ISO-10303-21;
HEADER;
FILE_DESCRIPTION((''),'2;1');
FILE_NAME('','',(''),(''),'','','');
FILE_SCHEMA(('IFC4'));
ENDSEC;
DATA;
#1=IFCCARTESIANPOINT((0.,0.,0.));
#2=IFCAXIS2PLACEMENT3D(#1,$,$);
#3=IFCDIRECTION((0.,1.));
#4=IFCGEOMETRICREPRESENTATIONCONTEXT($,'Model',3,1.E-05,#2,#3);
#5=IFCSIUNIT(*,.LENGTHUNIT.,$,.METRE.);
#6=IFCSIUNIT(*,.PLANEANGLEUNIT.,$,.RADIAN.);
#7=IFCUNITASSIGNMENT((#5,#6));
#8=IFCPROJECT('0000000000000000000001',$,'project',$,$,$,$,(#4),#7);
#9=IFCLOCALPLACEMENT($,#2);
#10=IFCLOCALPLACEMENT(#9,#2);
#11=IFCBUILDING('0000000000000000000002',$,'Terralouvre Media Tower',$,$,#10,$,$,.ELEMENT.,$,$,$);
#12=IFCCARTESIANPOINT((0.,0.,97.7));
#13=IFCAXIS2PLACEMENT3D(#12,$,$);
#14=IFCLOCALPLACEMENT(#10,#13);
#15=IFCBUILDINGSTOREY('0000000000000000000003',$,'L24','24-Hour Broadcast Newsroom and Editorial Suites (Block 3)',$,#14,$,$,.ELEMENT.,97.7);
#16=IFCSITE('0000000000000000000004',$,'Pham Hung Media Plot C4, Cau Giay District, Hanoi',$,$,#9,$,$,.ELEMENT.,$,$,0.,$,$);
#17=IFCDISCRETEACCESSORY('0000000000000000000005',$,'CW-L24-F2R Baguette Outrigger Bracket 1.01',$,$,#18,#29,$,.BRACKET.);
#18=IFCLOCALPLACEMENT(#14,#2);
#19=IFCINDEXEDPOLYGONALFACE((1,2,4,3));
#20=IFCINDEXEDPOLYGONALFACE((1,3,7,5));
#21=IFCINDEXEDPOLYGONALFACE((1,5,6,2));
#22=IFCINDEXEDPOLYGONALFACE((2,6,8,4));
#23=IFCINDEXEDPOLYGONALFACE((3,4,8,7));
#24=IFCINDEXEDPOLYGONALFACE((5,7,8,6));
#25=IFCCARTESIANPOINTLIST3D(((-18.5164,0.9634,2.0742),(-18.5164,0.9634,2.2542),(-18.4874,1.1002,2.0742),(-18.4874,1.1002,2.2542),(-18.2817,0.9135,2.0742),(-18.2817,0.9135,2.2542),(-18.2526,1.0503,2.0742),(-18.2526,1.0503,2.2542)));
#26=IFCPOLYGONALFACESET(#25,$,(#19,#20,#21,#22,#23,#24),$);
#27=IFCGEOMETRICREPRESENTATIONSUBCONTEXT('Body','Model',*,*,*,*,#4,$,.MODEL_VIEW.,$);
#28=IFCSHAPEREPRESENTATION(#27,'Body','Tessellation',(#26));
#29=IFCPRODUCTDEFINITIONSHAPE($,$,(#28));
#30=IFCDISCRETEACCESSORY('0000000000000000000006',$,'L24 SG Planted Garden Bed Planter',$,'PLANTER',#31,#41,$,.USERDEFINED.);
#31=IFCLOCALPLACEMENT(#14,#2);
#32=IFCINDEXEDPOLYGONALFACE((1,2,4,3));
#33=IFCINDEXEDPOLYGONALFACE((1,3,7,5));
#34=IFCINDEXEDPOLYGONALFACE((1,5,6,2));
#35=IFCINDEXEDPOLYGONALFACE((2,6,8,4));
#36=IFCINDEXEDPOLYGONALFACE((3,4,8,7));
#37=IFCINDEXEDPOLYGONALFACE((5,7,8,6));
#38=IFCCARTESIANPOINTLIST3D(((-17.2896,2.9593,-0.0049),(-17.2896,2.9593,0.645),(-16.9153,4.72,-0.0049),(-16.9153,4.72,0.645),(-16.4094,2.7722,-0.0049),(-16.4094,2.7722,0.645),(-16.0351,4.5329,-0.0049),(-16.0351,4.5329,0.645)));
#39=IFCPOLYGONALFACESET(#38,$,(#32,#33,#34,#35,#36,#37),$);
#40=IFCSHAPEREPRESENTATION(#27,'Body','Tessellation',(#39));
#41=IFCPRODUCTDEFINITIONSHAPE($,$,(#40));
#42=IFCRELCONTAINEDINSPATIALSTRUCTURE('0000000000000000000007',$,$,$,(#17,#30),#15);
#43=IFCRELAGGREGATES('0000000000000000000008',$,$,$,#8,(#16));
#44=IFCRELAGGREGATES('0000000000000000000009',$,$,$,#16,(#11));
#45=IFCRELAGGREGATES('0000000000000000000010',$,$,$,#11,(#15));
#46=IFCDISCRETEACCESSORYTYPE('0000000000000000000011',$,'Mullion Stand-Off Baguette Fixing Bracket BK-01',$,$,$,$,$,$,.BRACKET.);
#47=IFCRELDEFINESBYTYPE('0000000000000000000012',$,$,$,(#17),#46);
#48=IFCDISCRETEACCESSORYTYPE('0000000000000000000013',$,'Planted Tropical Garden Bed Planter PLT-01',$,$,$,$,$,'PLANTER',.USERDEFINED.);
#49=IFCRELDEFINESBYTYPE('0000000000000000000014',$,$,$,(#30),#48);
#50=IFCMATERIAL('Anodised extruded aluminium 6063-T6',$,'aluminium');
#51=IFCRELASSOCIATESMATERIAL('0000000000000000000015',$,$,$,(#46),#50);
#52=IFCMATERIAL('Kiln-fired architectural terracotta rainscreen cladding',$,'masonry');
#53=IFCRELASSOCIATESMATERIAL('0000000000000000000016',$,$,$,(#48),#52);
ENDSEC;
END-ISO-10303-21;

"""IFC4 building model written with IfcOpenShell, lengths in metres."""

from ifc_helpers import new_model, si_unit, direction, frame, origin, origin_2d, place, context, subcontext, project, spatial, rectangle, extrude, material, type_object, element, save


model = new_model("IFC4")

# Units and contexts
model_context = context("Model", 3, precision=1e-05, world=origin(), true_north=direction((0.0, 1.0)))
body_context = subcontext(model_context, "Body", "Model", "MODEL_VIEW")
ifc_project = project(units=[si_unit("LENGTHUNIT", "METRE"), si_unit("PLANEANGLEUNIT", "RADIAN")], contexts=[model_context])

# Site, building, storey
site_placement = place(None, origin())
site = spatial("IfcSite", under=ifc_project, at=site_placement, Name="Pham Hung Media Plot C4, Cau Giay District, Hanoi", CompositionType="ELEMENT", RefElevation=0.0)
building_placement = place(site_placement, origin())
building = spatial("IfcBuilding", under=site, at=building_placement, Name="Terralouvre Media Tower", CompositionType="ELEMENT")
storey_placement = place(building_placement, frame((0.0, 0.0, 97.7)))
storey = spatial("IfcBuildingStorey", under=building, at=storey_placement, Name="L24", Description="24-Hour Broadcast Newsroom and Editorial Suites (Block 3)", CompositionType="ELEMENT", Elevation=97.7)

# Discrete accessories
ifc_material_1 = material(Name="Anodised extruded aluminium 6063-T6", Category="aluminium")
discrete_accessory_type_1 = type_object("IfcDiscreteAccessoryType", Name="Mullion Stand-Off Baguette Fixing Bracket BK-01", PredefinedType="BRACKET", material=ifc_material_1)
discrete_accessory_1_placement = place(storey_placement, frame((-18.3845, 1.0068, 2.0742), z_axis=(0.0, 0.0, 1.0), x_axis=(-0.207911, -0.978148, 0.0)))
element("IfcDiscreteAccessory", 1, at=discrete_accessory_1_placement, inside=storey, type_object=discrete_accessory_type_1, Name="CW-L24-F2R Baguette Outrigger Bracket 1.01", PredefinedType="BRACKET", context=body_context, shape_type="SweptSolid", body=[
    extrude(rectangle(XDim=0.1399, YDim=0.24, at=origin_2d()), origin(), (0.0, 0.0, 1.0), 0.1799),
])
ifc_material_2 = material(Name="Kiln-fired architectural terracotta rainscreen cladding", Category="masonry")
discrete_accessory_type_2 = type_object("IfcDiscreteAccessoryType", Name="Planted Tropical Garden Bed Planter PLT-01", ElementType="PLANTER", PredefinedType="USERDEFINED", material=ifc_material_2)
discrete_accessory_2_placement = place(storey_placement, frame((-16.6624, 3.7461, -0.0049), z_axis=(0.0, 0.0, 1.0), x_axis=(-0.207912, -0.978148, 0.0)))
element("IfcDiscreteAccessory", 2, at=discrete_accessory_2_placement, inside=storey, type_object=discrete_accessory_type_2, Name="L24 SG Planted Garden Bed Planter", ObjectType="PLANTER", PredefinedType="USERDEFINED", context=body_context, shape_type="SweptSolid", body=[
    extrude(rectangle(XDim=1.8, YDim=0.8999, at=origin_2d()), origin(), (0.0, 0.0, 1.0), 0.6499),
])

save(model, "model.ifc")
